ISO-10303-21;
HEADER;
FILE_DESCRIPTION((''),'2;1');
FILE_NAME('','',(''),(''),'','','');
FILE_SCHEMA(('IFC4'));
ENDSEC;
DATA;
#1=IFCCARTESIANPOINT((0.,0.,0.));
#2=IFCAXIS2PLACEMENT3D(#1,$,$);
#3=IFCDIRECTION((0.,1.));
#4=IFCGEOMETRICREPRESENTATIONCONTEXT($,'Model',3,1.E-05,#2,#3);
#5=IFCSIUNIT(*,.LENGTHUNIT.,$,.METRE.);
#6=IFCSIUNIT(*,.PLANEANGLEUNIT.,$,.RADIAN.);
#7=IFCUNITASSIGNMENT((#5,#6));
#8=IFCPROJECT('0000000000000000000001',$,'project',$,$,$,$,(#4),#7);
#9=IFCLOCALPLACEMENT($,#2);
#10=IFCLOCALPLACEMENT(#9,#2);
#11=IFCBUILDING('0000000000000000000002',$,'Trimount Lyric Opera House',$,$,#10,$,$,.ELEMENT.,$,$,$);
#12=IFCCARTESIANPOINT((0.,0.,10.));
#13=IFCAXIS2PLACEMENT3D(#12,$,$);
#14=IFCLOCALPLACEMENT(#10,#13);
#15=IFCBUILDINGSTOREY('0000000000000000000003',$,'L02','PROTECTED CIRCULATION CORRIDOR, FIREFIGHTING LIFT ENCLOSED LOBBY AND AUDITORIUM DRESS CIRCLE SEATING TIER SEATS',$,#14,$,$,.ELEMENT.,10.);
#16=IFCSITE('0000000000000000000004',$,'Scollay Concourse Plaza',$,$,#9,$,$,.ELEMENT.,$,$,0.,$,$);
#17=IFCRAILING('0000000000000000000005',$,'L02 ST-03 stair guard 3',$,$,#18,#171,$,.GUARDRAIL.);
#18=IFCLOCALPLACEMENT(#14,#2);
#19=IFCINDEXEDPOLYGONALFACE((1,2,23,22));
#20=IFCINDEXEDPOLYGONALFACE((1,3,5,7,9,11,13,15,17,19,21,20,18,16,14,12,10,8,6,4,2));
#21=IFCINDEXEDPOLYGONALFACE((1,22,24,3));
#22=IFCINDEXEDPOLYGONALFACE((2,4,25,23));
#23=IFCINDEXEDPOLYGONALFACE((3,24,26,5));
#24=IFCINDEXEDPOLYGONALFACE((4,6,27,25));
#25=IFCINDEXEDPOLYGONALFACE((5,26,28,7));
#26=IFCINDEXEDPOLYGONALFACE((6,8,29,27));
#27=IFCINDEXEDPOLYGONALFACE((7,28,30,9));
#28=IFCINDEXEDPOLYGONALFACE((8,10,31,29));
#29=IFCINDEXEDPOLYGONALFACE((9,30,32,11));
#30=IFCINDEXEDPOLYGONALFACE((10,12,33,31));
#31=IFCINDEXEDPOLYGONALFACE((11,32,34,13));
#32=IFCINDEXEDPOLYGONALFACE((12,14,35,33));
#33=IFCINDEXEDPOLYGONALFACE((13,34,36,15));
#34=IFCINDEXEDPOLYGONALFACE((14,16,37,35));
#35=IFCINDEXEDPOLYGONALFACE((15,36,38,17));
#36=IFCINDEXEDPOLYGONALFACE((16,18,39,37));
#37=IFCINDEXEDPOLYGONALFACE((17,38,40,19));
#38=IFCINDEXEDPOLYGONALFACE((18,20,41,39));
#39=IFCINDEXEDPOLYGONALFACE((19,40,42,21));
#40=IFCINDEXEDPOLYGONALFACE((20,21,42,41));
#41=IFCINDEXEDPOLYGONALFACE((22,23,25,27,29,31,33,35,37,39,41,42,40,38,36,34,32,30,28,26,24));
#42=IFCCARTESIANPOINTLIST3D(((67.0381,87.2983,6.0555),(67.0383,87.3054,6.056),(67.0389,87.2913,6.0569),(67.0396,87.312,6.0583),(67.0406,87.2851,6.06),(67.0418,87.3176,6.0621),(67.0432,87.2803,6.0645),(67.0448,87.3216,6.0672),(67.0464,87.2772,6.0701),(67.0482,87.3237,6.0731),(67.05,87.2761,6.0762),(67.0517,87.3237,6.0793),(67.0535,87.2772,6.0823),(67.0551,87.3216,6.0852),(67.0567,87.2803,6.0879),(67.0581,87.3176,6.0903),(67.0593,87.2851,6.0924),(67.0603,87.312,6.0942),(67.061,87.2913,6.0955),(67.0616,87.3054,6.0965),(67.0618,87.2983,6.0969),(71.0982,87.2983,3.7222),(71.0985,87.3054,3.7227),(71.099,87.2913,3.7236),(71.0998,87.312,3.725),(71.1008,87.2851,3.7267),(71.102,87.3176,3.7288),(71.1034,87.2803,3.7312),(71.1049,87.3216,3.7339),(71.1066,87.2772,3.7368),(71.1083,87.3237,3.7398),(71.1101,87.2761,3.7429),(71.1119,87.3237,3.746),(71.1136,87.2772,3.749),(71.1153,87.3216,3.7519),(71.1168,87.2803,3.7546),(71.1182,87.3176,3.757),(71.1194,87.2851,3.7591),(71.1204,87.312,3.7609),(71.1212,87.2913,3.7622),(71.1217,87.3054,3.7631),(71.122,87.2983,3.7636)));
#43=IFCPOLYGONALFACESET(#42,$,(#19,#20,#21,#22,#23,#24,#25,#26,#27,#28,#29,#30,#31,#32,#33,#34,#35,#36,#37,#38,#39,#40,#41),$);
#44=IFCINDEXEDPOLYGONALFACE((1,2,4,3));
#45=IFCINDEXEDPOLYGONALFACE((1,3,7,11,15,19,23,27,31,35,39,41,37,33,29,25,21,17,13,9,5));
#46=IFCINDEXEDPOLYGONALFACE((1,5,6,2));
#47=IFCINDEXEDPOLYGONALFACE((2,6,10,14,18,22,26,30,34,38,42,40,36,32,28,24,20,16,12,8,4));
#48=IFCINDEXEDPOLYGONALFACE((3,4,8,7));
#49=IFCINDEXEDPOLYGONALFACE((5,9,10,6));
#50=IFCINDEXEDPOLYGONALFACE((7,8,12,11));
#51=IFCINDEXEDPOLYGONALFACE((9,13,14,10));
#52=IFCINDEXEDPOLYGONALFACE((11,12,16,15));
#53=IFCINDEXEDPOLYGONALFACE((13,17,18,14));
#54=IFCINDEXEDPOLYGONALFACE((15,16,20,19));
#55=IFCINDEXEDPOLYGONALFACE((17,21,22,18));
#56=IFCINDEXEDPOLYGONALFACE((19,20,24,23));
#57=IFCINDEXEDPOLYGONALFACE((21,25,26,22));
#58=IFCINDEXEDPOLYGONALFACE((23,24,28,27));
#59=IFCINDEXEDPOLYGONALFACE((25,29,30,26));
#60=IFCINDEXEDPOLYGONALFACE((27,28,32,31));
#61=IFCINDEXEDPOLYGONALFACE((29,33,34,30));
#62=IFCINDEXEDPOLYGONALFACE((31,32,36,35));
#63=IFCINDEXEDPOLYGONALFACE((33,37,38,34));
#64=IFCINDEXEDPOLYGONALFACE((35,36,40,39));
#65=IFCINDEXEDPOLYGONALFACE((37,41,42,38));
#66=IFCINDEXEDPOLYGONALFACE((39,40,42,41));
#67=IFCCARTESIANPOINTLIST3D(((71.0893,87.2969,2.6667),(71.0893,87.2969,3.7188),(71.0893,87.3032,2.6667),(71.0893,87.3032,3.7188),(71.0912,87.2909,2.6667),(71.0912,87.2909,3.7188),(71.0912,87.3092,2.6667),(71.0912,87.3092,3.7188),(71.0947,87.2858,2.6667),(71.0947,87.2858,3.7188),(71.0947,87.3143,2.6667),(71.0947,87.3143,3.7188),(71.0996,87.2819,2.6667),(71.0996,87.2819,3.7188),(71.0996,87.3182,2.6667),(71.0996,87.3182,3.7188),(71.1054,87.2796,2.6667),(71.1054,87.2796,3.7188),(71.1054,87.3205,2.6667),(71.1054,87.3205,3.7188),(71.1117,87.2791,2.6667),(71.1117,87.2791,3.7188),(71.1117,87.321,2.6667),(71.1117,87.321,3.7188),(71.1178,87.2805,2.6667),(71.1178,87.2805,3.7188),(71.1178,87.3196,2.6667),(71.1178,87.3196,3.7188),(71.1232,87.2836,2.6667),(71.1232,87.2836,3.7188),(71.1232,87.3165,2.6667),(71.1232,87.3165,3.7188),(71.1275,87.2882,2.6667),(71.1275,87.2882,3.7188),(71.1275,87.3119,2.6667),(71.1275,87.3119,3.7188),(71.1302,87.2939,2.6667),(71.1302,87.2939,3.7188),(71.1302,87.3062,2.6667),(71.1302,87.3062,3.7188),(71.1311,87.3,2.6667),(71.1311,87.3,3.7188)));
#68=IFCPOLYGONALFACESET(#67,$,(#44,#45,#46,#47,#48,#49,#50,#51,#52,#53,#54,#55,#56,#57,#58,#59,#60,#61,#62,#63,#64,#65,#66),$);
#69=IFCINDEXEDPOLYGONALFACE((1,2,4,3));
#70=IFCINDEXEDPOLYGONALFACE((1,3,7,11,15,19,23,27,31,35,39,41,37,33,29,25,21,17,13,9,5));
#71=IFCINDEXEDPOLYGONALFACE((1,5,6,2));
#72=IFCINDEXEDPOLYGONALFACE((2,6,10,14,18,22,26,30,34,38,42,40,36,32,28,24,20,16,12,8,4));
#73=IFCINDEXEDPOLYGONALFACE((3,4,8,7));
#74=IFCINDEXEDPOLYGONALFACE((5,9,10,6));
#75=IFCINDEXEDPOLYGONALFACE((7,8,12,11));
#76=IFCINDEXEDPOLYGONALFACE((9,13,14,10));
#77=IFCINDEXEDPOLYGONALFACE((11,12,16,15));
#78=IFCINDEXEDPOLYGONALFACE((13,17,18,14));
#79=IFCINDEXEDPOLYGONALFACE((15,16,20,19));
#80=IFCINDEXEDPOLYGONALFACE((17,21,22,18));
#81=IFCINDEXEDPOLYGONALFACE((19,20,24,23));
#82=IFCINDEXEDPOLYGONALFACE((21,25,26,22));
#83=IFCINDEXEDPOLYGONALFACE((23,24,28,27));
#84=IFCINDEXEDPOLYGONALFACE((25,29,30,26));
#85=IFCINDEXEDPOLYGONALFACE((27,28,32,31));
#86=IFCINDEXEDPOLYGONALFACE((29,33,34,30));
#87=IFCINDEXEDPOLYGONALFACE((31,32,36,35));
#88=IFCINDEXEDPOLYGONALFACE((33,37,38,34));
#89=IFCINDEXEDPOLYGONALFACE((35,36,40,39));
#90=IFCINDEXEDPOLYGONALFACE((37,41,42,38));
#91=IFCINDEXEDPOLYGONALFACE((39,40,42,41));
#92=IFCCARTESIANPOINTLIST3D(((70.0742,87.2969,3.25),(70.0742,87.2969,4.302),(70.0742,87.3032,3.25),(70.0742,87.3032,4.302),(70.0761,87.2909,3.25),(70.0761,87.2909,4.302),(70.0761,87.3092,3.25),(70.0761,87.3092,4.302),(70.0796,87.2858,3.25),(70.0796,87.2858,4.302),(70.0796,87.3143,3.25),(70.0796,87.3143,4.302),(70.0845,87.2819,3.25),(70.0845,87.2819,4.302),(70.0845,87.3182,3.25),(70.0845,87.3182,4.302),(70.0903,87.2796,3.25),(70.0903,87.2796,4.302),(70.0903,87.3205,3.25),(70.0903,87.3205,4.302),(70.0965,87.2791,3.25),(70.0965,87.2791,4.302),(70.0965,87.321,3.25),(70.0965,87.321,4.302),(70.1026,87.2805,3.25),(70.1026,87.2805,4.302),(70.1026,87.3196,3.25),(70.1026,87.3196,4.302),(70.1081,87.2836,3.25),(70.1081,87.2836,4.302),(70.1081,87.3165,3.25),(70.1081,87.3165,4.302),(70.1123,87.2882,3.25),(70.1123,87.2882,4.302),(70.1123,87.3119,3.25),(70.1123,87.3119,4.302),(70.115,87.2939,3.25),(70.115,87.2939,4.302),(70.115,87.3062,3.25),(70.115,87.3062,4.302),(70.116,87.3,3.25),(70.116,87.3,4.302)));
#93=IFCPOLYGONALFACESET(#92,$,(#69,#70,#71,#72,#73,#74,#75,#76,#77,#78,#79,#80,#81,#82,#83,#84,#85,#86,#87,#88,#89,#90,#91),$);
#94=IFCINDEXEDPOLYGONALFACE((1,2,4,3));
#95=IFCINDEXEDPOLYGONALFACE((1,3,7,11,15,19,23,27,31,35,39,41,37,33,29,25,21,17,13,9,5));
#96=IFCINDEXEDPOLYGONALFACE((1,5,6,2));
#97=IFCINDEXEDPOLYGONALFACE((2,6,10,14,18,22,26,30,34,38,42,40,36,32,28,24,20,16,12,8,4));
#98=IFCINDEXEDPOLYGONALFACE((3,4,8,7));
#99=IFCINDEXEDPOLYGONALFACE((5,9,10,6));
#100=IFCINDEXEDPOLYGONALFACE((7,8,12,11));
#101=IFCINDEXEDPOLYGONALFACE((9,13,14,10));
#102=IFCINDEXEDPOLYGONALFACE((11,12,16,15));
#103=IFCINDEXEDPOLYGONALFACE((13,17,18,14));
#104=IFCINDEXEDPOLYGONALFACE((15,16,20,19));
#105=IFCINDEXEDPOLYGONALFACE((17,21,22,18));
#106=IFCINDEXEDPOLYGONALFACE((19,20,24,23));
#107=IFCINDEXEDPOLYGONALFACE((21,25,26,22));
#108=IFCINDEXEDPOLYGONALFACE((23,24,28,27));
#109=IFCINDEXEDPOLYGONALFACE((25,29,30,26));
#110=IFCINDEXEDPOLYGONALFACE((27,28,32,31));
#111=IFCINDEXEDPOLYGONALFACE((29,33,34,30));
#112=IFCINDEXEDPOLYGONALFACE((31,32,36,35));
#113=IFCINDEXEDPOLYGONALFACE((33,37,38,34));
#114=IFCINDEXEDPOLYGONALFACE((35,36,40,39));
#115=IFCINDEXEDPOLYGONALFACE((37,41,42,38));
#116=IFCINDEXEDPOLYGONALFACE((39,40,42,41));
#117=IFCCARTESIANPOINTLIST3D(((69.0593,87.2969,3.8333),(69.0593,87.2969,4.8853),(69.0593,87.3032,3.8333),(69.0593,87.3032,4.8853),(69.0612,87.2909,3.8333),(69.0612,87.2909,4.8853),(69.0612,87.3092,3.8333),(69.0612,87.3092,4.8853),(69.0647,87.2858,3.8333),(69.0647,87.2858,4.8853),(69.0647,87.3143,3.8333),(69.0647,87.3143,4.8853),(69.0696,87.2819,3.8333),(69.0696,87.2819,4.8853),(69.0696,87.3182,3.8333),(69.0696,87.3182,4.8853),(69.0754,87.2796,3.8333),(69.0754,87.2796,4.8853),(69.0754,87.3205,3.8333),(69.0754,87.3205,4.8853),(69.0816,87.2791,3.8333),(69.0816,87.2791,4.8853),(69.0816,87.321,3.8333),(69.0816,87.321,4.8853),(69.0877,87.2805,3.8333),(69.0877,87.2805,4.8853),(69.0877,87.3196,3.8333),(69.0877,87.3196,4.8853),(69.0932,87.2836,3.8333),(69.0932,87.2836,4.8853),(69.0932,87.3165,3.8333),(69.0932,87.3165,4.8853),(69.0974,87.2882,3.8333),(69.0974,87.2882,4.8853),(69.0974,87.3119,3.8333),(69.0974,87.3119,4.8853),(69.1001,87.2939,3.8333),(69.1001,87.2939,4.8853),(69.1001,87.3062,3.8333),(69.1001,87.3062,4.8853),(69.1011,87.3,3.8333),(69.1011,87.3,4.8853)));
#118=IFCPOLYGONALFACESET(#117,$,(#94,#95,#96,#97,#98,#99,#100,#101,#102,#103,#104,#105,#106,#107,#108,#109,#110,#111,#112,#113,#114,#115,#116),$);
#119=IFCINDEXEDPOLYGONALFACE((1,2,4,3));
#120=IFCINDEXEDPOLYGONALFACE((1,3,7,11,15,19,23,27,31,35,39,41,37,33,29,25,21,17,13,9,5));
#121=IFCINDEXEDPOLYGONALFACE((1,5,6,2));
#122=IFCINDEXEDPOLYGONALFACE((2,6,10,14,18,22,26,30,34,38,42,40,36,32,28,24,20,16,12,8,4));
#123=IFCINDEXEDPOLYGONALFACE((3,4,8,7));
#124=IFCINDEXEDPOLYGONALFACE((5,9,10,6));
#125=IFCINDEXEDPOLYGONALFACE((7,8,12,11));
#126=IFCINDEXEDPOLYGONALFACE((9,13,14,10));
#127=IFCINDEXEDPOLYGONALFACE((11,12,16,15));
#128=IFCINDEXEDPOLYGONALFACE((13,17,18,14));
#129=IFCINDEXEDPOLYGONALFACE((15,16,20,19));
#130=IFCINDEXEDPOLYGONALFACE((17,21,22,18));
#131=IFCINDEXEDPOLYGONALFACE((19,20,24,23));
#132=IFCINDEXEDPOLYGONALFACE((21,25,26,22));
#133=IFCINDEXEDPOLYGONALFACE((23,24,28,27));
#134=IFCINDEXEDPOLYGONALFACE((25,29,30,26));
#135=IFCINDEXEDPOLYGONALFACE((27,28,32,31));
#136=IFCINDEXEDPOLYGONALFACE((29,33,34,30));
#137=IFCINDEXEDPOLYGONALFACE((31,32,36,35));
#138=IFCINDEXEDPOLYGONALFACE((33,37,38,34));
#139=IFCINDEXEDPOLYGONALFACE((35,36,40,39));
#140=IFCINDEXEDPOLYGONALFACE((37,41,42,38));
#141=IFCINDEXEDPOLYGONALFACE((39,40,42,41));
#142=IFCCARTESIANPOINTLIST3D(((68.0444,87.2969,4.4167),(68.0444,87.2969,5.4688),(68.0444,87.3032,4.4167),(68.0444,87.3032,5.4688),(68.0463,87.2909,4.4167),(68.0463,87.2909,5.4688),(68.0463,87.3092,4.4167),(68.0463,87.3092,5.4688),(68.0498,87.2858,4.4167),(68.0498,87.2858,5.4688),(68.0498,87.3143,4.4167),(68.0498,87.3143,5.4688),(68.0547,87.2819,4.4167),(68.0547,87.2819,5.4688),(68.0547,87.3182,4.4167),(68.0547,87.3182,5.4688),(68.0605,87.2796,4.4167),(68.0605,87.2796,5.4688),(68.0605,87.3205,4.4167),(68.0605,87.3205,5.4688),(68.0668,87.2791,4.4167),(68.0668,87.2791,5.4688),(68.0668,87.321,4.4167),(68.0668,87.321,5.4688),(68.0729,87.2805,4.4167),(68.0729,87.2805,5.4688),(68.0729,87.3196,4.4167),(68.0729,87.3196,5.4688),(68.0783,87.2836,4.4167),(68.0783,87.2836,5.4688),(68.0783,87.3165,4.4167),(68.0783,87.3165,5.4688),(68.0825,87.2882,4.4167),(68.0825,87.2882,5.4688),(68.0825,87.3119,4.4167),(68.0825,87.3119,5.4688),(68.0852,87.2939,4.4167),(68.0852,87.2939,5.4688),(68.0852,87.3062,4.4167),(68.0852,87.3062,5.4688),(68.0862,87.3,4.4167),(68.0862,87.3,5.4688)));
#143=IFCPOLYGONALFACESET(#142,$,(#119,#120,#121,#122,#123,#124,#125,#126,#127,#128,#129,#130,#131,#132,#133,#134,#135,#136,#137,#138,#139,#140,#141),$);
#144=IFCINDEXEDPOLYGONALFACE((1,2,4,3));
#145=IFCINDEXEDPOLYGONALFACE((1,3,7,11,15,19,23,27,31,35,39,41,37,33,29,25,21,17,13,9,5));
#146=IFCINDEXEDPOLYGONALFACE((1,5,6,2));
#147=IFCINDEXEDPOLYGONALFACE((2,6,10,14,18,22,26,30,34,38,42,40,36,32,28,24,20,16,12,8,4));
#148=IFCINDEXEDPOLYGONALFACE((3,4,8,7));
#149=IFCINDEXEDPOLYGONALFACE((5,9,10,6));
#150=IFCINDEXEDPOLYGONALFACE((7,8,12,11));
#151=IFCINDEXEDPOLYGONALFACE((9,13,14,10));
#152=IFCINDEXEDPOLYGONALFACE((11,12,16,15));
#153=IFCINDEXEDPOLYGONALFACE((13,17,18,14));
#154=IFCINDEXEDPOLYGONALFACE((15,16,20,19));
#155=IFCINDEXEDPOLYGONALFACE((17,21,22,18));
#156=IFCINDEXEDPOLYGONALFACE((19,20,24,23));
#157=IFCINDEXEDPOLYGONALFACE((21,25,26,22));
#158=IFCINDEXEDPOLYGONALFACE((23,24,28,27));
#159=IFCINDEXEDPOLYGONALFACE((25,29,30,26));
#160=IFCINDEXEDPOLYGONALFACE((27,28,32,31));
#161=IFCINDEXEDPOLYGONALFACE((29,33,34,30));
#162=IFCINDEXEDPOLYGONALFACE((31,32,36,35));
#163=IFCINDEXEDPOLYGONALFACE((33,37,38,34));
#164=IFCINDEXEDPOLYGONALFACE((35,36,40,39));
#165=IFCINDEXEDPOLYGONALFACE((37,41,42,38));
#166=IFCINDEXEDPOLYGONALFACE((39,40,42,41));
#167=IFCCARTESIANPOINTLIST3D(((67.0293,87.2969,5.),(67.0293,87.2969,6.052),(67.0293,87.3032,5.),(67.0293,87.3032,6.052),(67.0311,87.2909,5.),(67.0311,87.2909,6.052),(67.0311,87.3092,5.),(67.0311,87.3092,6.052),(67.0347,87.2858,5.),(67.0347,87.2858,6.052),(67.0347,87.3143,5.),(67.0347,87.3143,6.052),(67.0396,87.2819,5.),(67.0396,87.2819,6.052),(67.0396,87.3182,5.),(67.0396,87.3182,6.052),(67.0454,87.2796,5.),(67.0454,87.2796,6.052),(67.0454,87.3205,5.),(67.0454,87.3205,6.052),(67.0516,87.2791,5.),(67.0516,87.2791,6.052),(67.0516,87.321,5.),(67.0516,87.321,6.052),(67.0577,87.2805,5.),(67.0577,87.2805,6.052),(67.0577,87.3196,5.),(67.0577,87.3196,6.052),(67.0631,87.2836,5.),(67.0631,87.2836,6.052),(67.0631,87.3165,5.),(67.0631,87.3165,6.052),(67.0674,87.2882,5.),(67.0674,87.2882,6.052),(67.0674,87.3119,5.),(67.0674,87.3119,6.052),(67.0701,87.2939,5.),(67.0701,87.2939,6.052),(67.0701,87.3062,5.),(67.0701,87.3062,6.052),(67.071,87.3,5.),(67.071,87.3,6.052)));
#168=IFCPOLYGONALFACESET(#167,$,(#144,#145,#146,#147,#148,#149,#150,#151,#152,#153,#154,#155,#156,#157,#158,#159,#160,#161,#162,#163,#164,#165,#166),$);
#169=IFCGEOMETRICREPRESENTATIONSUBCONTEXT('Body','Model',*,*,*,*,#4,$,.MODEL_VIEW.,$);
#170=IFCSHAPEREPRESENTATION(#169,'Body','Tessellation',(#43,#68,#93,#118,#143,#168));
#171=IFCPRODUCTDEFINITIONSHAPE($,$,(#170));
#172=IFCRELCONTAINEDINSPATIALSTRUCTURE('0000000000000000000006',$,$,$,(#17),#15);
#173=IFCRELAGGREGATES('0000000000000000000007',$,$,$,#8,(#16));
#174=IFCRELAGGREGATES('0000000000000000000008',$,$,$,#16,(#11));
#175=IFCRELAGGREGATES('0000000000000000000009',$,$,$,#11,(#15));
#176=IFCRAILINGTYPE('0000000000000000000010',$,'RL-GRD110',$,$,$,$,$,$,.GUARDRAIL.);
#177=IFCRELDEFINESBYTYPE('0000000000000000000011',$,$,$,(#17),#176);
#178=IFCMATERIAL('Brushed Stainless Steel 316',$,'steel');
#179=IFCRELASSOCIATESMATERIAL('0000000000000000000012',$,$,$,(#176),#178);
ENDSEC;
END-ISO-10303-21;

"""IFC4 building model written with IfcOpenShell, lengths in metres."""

from ifc_helpers import new_model, si_unit, direction, frame, origin, origin_2d, place, context, subcontext, project, spatial, circle, extrude, material, type_object, element, save


model = new_model("IFC4")

# Units and contexts
model_context = context("Model", 3, precision=1e-05, world=origin(), true_north=direction((0.0, 1.0)))
body_context = subcontext(model_context, "Body", "Model", "MODEL_VIEW")
ifc_project = project(units=[si_unit("LENGTHUNIT", "METRE"), si_unit("PLANEANGLEUNIT", "RADIAN")], contexts=[model_context])

# Site, building, storey
site_placement = place(None, origin())
site = spatial("IfcSite", under=ifc_project, at=site_placement, Name="Scollay Concourse Plaza", CompositionType="ELEMENT", RefElevation=0.0)
building_placement = place(site_placement, origin())
building = spatial("IfcBuilding", under=site, at=building_placement, Name="Trimount Lyric Opera House", CompositionType="ELEMENT")
storey_placement = place(building_placement, frame((0.0, 0.0, 10.0)))
storey = spatial("IfcBuildingStorey", under=building, at=storey_placement, Name="L02", Description="PROTECTED CIRCULATION CORRIDOR, FIREFIGHTING LIFT ENCLOSED LOBBY AND AUDITORIUM DRESS CIRCLE SEATING TIER SEATS", CompositionType="ELEMENT", Elevation=10.0)

# Railing
ifc_material_1 = material(Name="Brushed Stainless Steel 316", Category="steel")
railing_type_1 = type_object("IfcRailingType", Name="RL-GRD110", PredefinedType="GUARDRAIL", material=ifc_material_1)
railing_1_placement = place(storey_placement, frame((71.1101, 87.3, 2.6667)))
element("IfcRailing", 1, at=railing_1_placement, inside=storey, type_object=railing_type_1, Name="L02 ST-03 stair guard 3", PredefinedType="GUARDRAIL", context=body_context, shape_type="SweptSolid", body=[
    extrude(circle(Radius=0.0239, at=origin_2d()), frame((0.0, 0.0, 1.0762), z_axis=(-0.867025, 0.0, 0.498265), x_axis=(0.0, -1.0, 0.0)), (0.0, 0.0, 1.0), 4.6829),
    extrude(circle(Radius=0.021, at=origin_2d()), origin(), (0.0, 0.0, 1.0), 1.052),
    extrude(circle(Radius=0.021, at=origin_2d()), frame((-1.0151, 0.0, 0.5833)), (0.0, 0.0, 1.0), 1.052),
    extrude(circle(Radius=0.021, at=origin_2d()), frame((-2.03, 0.0, 1.1665)), (0.0, 0.0, 1.0), 1.052),
    extrude(circle(Radius=0.021, at=origin_2d()), frame((-3.0449, 0.0, 1.75)), (0.0, 0.0, 1.0), 1.052),
    extrude(circle(Radius=0.021, at=origin_2d()), frame((-4.0601, 0.0, 2.3333)), (0.0, 0.0, 1.0), 1.052),
])

save(model, "model.ifc")
